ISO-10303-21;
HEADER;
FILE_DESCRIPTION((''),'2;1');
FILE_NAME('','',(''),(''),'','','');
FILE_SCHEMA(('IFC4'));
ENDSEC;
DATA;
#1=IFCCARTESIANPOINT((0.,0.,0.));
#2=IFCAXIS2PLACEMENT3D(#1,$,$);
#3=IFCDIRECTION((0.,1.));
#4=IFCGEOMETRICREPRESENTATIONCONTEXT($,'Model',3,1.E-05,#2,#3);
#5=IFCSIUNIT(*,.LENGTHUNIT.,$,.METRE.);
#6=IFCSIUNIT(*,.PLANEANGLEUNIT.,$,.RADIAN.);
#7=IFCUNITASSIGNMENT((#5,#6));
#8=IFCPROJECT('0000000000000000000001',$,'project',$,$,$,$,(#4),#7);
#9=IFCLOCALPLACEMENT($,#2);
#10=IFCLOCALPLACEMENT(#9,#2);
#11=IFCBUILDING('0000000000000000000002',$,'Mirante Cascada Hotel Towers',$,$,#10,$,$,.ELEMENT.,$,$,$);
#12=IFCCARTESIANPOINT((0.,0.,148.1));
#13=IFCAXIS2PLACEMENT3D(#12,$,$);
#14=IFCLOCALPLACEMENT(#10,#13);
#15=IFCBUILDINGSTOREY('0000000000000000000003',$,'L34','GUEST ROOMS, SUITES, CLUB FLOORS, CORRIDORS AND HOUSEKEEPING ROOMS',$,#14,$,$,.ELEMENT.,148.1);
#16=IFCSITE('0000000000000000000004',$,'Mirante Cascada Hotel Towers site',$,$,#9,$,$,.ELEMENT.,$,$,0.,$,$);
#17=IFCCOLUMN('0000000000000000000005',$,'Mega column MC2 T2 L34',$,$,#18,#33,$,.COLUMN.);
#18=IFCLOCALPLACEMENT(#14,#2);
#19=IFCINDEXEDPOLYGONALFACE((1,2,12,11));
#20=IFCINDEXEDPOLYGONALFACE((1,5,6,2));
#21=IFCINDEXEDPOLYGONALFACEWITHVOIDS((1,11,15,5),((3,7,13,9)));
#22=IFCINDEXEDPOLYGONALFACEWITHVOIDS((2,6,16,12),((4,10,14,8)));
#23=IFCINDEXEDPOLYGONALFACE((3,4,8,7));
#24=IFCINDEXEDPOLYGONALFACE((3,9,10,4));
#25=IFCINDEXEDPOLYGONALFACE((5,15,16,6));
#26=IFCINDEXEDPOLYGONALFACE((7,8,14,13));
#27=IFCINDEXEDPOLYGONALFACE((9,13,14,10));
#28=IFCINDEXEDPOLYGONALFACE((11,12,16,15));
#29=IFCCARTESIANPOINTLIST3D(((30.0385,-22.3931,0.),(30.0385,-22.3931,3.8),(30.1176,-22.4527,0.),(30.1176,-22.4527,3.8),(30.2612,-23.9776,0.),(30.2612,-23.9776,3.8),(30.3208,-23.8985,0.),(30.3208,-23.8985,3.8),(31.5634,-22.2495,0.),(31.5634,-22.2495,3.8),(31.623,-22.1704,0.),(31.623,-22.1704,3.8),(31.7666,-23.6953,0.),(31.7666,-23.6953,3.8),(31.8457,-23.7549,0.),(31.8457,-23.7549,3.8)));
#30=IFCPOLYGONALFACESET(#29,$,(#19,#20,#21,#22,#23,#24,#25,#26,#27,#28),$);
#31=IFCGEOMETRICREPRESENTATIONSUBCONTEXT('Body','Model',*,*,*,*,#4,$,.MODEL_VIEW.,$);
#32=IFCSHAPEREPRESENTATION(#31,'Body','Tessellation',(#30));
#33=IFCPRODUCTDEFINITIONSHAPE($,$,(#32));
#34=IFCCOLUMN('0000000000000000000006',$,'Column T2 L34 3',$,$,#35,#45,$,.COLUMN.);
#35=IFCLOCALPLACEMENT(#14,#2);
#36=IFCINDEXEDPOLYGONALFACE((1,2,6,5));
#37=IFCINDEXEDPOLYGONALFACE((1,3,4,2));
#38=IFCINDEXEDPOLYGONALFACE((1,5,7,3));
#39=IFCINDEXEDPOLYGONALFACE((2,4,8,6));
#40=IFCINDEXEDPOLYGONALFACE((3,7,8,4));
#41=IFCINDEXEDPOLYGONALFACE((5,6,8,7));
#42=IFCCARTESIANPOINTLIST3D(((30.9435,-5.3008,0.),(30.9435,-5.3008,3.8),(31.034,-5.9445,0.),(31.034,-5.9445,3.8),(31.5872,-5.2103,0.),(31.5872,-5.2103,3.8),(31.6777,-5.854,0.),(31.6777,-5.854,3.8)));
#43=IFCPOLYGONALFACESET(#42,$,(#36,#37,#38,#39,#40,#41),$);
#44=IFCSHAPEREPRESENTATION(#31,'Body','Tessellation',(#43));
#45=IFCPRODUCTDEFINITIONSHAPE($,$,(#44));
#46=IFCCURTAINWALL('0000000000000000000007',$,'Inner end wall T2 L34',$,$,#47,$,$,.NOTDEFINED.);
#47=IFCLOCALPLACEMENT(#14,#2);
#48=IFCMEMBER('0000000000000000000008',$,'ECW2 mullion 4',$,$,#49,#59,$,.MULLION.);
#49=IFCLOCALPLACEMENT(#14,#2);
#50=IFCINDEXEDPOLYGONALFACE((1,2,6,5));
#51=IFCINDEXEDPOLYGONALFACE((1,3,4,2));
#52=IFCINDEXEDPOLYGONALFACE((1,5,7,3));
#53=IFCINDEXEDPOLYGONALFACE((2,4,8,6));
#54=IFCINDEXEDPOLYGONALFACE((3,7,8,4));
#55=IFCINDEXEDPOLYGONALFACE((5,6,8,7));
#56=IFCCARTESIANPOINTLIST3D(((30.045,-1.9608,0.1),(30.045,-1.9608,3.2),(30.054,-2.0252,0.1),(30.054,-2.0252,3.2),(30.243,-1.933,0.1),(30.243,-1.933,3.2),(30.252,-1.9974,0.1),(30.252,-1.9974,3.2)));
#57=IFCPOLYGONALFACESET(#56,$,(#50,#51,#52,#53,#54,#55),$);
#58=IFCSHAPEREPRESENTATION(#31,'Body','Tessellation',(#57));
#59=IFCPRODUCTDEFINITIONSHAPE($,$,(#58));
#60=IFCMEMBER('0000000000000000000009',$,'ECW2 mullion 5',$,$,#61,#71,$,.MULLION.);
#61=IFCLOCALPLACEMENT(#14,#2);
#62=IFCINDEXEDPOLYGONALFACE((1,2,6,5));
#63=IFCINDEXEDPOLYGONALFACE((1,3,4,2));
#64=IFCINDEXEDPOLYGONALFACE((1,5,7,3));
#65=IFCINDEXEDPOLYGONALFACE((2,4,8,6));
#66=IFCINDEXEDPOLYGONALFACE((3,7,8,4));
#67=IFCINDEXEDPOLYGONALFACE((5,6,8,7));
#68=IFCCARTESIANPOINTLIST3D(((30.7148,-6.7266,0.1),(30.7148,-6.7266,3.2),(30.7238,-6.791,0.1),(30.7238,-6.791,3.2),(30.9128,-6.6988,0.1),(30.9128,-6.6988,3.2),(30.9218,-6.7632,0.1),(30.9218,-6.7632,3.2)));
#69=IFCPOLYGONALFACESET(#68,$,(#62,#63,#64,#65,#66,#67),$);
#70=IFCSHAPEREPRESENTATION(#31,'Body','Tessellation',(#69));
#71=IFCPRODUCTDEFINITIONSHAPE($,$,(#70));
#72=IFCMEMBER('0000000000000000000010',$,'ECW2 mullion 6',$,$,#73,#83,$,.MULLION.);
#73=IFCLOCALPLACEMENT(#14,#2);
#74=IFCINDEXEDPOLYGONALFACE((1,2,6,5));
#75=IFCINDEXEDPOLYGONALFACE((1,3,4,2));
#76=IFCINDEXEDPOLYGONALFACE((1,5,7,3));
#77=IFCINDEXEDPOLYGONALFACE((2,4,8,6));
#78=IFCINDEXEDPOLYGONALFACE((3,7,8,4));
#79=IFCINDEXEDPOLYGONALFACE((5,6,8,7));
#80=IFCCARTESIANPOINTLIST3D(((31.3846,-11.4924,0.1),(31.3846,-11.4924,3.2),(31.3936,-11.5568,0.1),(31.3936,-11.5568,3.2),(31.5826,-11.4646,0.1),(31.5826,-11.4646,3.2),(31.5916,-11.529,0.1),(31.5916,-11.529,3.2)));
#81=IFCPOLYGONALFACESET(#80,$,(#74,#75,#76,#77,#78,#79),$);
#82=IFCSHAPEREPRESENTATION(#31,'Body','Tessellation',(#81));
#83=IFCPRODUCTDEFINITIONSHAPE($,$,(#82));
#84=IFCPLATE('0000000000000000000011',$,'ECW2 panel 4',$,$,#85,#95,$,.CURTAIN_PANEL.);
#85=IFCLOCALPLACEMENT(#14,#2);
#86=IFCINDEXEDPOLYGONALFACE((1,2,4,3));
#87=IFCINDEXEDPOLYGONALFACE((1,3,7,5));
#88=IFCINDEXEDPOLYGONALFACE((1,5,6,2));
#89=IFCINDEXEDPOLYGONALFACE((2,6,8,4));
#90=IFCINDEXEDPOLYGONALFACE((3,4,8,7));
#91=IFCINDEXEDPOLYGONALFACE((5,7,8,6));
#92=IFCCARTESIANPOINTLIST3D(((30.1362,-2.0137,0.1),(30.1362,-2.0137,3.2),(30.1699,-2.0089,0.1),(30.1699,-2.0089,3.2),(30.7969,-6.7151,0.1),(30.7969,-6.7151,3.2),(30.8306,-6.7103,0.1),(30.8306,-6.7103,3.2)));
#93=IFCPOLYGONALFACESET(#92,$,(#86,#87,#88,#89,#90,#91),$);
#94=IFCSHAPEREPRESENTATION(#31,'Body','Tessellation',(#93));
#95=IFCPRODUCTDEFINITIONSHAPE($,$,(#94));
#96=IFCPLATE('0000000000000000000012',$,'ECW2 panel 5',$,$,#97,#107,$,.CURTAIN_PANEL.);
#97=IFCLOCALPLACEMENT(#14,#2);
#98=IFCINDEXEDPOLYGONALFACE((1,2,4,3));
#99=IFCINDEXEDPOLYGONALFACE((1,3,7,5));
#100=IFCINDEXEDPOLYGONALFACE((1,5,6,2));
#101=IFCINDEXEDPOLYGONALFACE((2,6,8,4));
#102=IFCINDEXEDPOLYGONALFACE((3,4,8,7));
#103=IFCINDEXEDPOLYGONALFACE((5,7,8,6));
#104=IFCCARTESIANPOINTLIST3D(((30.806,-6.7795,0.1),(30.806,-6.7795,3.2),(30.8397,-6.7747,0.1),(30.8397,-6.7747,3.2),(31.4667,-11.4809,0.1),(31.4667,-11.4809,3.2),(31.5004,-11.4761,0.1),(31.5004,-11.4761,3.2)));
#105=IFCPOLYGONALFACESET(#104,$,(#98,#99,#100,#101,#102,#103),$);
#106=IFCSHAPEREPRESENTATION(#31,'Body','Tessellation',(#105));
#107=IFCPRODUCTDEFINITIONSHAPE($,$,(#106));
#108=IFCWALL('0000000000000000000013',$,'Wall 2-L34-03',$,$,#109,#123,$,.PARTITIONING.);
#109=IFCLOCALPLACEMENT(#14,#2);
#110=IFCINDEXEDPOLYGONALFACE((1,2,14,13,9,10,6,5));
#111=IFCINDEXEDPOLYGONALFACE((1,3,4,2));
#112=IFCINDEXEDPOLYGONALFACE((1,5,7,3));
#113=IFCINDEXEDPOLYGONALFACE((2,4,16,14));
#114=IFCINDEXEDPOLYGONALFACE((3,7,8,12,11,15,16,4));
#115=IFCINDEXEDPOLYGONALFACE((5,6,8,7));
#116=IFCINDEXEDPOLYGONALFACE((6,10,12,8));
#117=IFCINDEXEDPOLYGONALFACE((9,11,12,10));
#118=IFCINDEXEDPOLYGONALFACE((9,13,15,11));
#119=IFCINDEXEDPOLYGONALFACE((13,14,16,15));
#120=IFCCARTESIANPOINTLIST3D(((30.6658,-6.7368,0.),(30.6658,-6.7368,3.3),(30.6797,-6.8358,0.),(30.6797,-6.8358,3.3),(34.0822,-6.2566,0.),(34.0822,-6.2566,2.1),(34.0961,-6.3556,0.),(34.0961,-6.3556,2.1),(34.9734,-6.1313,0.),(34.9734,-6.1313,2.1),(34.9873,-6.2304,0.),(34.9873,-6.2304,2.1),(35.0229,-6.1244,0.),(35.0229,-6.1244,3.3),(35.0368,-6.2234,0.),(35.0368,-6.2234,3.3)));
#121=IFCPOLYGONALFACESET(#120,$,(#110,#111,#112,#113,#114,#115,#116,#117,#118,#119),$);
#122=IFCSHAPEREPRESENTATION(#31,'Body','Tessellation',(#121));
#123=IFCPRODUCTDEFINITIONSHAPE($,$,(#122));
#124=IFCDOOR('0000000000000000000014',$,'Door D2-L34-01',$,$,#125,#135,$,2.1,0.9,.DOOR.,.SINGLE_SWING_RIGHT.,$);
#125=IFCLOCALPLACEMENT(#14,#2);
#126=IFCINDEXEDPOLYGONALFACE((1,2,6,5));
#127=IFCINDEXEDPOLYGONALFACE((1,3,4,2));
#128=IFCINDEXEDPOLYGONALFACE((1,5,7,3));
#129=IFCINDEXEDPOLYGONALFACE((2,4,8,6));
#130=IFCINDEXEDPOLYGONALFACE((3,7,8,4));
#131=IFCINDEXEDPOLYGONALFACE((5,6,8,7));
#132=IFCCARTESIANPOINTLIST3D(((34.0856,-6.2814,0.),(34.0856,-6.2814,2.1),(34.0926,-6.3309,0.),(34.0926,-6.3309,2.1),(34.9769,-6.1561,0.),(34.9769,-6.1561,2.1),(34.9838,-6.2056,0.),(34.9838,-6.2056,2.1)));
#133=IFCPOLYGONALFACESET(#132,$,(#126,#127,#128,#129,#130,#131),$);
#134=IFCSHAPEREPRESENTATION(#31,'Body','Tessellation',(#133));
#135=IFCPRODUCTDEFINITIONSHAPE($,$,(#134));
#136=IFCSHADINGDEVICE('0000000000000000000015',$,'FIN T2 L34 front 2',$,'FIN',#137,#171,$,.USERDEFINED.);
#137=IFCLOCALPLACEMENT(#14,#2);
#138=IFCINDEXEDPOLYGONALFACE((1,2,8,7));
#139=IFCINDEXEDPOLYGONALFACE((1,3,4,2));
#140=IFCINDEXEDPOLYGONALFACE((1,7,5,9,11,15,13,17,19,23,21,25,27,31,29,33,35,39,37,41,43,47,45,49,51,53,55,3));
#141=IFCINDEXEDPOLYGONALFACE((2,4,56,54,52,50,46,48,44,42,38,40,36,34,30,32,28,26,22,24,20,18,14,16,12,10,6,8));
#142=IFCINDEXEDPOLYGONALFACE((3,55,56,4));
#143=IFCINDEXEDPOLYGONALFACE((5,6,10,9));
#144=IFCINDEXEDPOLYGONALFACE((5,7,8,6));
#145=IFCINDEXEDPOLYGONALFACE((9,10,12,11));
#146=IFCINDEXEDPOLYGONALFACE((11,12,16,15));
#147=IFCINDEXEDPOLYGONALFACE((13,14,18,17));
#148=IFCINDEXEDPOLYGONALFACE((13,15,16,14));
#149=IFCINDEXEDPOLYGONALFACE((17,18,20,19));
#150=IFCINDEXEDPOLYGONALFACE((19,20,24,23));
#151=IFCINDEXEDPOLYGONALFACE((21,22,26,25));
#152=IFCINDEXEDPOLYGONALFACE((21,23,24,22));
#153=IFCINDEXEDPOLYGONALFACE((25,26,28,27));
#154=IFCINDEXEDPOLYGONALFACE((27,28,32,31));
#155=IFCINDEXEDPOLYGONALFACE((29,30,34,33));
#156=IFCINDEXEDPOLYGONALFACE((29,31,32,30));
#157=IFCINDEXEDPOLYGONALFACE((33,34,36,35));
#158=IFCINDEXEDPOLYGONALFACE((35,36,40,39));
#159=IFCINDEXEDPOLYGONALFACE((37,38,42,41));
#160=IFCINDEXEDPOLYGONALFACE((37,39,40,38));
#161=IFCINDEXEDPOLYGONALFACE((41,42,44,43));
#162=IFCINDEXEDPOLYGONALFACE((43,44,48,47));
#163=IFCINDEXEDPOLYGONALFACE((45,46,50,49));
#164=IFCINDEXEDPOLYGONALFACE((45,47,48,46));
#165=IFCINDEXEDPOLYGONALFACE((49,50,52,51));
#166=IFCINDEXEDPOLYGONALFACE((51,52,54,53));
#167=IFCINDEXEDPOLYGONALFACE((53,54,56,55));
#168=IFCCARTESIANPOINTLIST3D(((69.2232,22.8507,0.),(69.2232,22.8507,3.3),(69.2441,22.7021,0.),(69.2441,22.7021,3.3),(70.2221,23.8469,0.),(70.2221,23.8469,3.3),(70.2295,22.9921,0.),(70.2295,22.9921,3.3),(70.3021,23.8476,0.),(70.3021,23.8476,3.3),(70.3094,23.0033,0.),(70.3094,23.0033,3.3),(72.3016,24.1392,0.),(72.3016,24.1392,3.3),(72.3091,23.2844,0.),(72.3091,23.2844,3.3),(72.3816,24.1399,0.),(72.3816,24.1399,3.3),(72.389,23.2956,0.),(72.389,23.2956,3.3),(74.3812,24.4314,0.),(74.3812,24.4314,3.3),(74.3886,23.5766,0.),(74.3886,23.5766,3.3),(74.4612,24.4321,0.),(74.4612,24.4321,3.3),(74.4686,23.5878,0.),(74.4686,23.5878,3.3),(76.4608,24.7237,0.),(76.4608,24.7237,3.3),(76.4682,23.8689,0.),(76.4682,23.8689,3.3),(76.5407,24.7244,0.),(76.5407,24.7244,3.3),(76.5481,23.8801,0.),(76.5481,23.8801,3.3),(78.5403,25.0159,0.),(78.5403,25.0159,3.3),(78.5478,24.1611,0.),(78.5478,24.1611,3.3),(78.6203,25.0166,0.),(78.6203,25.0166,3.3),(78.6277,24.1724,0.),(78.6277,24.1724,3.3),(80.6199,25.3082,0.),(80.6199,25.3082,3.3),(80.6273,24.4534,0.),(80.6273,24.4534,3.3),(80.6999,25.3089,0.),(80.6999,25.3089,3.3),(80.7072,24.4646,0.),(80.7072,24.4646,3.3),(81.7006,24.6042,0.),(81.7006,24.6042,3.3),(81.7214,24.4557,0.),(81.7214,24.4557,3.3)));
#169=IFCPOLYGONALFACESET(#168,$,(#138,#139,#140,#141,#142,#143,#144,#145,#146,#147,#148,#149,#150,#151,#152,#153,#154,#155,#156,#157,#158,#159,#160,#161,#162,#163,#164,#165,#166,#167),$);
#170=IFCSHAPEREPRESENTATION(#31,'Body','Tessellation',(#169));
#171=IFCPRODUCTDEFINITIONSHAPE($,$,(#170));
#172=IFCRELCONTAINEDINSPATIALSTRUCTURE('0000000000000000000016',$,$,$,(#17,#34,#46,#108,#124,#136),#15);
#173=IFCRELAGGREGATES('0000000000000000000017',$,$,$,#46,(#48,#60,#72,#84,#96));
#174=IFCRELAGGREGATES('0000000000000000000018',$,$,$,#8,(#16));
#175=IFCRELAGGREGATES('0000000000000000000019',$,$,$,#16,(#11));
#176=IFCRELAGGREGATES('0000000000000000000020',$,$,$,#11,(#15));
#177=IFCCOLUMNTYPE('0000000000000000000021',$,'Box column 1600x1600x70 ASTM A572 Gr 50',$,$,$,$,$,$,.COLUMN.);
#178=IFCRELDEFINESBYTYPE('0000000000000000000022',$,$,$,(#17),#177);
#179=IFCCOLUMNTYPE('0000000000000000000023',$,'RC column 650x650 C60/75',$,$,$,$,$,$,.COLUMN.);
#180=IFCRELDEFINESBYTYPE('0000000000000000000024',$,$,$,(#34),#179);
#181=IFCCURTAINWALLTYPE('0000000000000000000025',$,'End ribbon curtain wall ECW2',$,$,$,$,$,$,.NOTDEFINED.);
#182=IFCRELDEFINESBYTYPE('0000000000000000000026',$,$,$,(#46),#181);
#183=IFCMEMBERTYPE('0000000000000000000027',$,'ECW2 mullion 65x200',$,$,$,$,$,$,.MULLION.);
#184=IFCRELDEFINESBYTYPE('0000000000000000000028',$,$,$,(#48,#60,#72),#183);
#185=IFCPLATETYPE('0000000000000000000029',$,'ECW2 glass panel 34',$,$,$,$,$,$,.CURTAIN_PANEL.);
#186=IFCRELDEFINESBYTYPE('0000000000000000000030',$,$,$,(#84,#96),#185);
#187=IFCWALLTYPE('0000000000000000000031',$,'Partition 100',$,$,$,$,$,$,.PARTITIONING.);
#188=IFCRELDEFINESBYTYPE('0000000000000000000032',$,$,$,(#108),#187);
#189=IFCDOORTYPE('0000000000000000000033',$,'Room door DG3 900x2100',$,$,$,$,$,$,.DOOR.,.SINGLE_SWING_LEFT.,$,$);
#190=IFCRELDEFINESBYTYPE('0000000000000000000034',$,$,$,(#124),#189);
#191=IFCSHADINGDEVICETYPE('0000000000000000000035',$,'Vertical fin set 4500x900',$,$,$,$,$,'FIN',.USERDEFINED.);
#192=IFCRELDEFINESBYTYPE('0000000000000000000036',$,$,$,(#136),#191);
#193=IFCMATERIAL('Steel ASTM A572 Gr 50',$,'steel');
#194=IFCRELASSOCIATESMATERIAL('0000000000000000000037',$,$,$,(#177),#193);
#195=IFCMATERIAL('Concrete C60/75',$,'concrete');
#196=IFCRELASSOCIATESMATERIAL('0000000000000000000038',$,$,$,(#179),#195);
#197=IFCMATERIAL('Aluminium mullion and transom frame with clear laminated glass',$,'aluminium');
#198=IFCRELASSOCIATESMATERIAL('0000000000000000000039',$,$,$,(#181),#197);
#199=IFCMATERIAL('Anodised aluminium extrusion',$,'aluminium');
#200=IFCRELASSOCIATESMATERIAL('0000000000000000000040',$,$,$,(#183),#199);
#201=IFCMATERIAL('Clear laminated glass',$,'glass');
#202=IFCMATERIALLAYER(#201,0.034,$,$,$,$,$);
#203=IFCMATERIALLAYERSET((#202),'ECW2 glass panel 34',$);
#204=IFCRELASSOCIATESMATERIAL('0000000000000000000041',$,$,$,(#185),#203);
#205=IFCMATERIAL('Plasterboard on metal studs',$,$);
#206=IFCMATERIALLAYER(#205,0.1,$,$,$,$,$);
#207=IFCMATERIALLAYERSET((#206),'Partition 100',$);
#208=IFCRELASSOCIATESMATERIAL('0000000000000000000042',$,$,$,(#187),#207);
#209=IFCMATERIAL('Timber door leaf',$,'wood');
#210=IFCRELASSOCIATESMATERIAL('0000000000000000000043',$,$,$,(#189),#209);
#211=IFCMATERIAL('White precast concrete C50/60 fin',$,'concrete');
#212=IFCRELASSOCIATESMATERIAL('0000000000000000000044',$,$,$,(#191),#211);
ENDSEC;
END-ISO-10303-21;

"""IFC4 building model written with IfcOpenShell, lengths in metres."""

from ifc_helpers import new_model, si_unit, direction, frame, frame_2d, origin, origin_2d, place, context, subcontext, project, spatial, polyline, rectangle, hollow_rectangle, outline, extrude, material, layer, layer_set, material_profile, profile_set, type_object, element, fill, aggregate, save


model = new_model("IFC4")

# Units and contexts
model_context = context("Model", 3, precision=1e-05, world=origin(), true_north=direction((0.0, 1.0)))
body_context = subcontext(model_context, "Body", "Model", "MODEL_VIEW")
ifc_project = project(units=[si_unit("LENGTHUNIT", "METRE"), si_unit("PLANEANGLEUNIT", "RADIAN")], contexts=[model_context])

# Site, building, storey
site_placement = place(None, origin())
site = spatial("IfcSite", under=ifc_project, at=site_placement, Name="Mirante Cascada Hotel Towers site", CompositionType="ELEMENT", RefElevation=0.0)
building_placement = place(site_placement, origin())
building = spatial("IfcBuilding", under=site, at=building_placement, Name="Mirante Cascada Hotel Towers", CompositionType="ELEMENT")
storey_placement = place(building_placement, frame((0.0, 0.0, 148.1)))
storey = spatial("IfcBuildingStorey", under=building, at=storey_placement, Name="L34", Description="GUEST ROOMS, SUITES, CLUB FLOORS, CORRIDORS AND HOUSEKEEPING ROOMS", CompositionType="ELEMENT", Elevation=148.1)

# Columns
ifc_material_1 = material(Name="Steel ASTM A572 Gr 50", Category="steel")
ifc_material_profile_1 = material_profile(ifc_material_1, hollow_rectangle(XDim=1.6, YDim=1.6, WallThickness=0.07, at=origin_2d()), Name="Box column 1600x1600x70 ASTM A572 Gr 50")
ifc_profile_set_1 = profile_set([ifc_material_profile_1], Name="Steel ASTM A572 Gr 50")
column_type_1 = type_object("IfcColumnType", Name="Box column 1600x1600x70 ASTM A572 Gr 50", PredefinedType="COLUMN", material=ifc_profile_set_1)
column_1_placement = place(storey_placement, frame((30.9421, -23.074, 0.0), z_axis=(0.0, 0.0, 1.0), x_axis=(0.990268, 0.139173, 0.0)))
element("IfcColumn", 1, at=column_1_placement, inside=storey, type_object=column_type_1, Name="Mega column MC2 T2 L34", PredefinedType="COLUMN", context=body_context, shape_type="SweptSolid", body=[
    extrude(hollow_rectangle(XDim=1.6, YDim=1.6, WallThickness=0.07, at=origin_2d()), origin(), (0.0, 0.0, 1.0), 3.8),
])
ifc_material_2 = material(Name="Concrete C60/75", Category="concrete")
ifc_material_profile_2 = material_profile(ifc_material_2, rectangle(XDim=0.65, YDim=0.65, at=origin_2d()), Name="RC column 650x650 C60/75")
ifc_profile_set_2 = profile_set([ifc_material_profile_2], Name="Concrete C60/75")
column_type_2 = type_object("IfcColumnType", Name="RC column 650x650 C60/75", PredefinedType="COLUMN", material=ifc_profile_set_2)
column_2_placement = place(storey_placement, frame((31.3106, -5.5774, 0.0), z_axis=(0.0, 0.0, 1.0), x_axis=(0.990268, 0.139173, 0.0)))
element("IfcColumn", 2, at=column_2_placement, inside=storey, type_object=column_type_2, Name="Column T2 L34 3", PredefinedType="COLUMN", context=body_context, shape_type="SweptSolid", body=[
    extrude(rectangle(XDim=0.65, YDim=0.65, at=origin_2d()), origin(), (0.0, 0.0, 1.0), 3.8),
])

# Curtain wall, members, plates
ifc_material_3 = material(Name="Aluminium mullion and transom frame with clear laminated glass", Category="aluminium")
curtain_wall_type = type_object("IfcCurtainWallType", Name="End ribbon curtain wall ECW2", PredefinedType="NOTDEFINED", material=ifc_material_3)
curtain_wall_placement = place(storey_placement, origin())
curtain_wall = element("IfcCurtainWall", 3, at=curtain_wall_placement, inside=storey, type_object=curtain_wall_type, Name="Inner end wall T2 L34", PredefinedType="NOTDEFINED")
ifc_material_4 = material(Name="Anodised aluminium extrusion", Category="aluminium")
ifc_material_profile_3 = material_profile(ifc_material_4, rectangle(XDim=0.2, YDim=0.065, at=origin_2d()), Name="ECW2 MULLION 65x200")
ifc_profile_set_3 = profile_set([ifc_material_profile_3], Name="Anodised aluminium extrusion")
member_type = type_object("IfcMemberType", Name="ECW2 mullion 65x200", PredefinedType="MULLION", material=ifc_profile_set_3)
member_1_placement = place(storey_placement, frame((30.1485, -1.9791, 0.1), z_axis=(0.0, 0.0, 1.0), x_axis=(0.990268, 0.139173, 0.0)))
member_1 = element("IfcMember", 4, at=member_1_placement, type_object=member_type, Name="ECW2 mullion 4", PredefinedType="MULLION", context=body_context, shape_type="SweptSolid", body=[
    extrude(rectangle(XDim=0.2, YDim=0.065, at=origin_2d()), origin(), (0.0, 0.0, 1.0), 3.1),
])
member_2_placement = place(storey_placement, frame((30.8183, -6.7449, 0.1), z_axis=(0.0, 0.0, 1.0), x_axis=(0.990268, 0.139173, 0.0)))
member_2 = element("IfcMember", 5, at=member_2_placement, type_object=member_type, Name="ECW2 mullion 5", PredefinedType="MULLION", context=body_context, shape_type="SweptSolid", body=[
    extrude(rectangle(XDim=0.2, YDim=0.065, at=origin_2d()), origin(), (0.0, 0.0, 1.0), 3.1),
])
member_3_placement = place(storey_placement, frame((31.4881, -11.5107, 0.1), z_axis=(0.0, 0.0, 1.0), x_axis=(0.990268, 0.139173, 0.0)))
member_3 = element("IfcMember", 6, at=member_3_placement, type_object=member_type, Name="ECW2 mullion 6", PredefinedType="MULLION", context=body_context, shape_type="SweptSolid", body=[
    extrude(rectangle(XDim=0.2, YDim=0.065, at=origin_2d()), origin(), (0.0, 0.0, 1.0), 3.1),
])
ifc_material_5 = material(Name="Clear laminated glass", Category="glass")
ifc_layer_1 = layer(ifc_material_5, 0.034)
ifc_layer_set_1 = layer_set([ifc_layer_1], Name="ECW2 glass panel 34")
plate_type = type_object("IfcPlateType", Name="ECW2 glass panel 34", PredefinedType="CURTAIN_PANEL", material=ifc_layer_set_1)
plate_1_placement = place(storey_placement, frame((30.4834, -4.362, 0.1), z_axis=(0.0, 0.0, 1.0), x_axis=(0.139173, -0.990268, 0.0)))
plate_1 = element("IfcPlate", 7, at=plate_1_placement, type_object=plate_type, Name="ECW2 panel 4", PredefinedType="CURTAIN_PANEL", context=body_context, shape_type="SweptSolid", body=[
    extrude(rectangle(XDim=4.7476, YDim=0.034, at=origin_2d()), origin(), (0.0, 0.0, 1.0), 3.1),
])
plate_2_placement = place(storey_placement, frame((31.1532, -9.1278, 0.1), z_axis=(0.0, 0.0, 1.0), x_axis=(0.139173, -0.990268, 0.0)))
plate_2 = element("IfcPlate", 8, at=plate_2_placement, type_object=plate_type, Name="ECW2 panel 5", PredefinedType="CURTAIN_PANEL", context=body_context, shape_type="SweptSolid", body=[
    extrude(rectangle(XDim=4.7476, YDim=0.034, at=origin_2d()), origin(), (0.0, 0.0, 1.0), 3.1),
])
aggregate(curtain_wall, [member_1, member_2, member_3, plate_1, plate_2])

# Wall, opening, door
ifc_material_6 = material(Name="Plasterboard on metal studs")
ifc_layer_2 = layer(ifc_material_6, 0.1)
ifc_layer_set_2 = layer_set([ifc_layer_2], Name="Partition 100")
wall_type = type_object("IfcWallType", Name="Partition 100", PredefinedType="PARTITIONING", material=ifc_layer_set_2)
wall_placement = place(storey_placement, frame((30.6727, -6.7863, 0.0), z_axis=(0.0, 0.0, 1.0), x_axis=(0.990267, 0.139184, 0.0)))
wall = element("IfcWall", 9, at=wall_placement, inside=storey, type_object=wall_type, Name="Wall 2-L34-03", PredefinedType="PARTITIONING", context=body_context, shape_type="SweptSolid", body=[
    extrude(rectangle(XDim=4.3999, YDim=0.1, at=frame_2d((2.2, 0.0))), origin(), (0.0, 0.0, 1.0), 3.3),
])
opening_placement = place(wall_placement, frame((3.45, 0.0, 0.0)))
opening = element("IfcOpeningElement", 10, at=opening_placement, cuts=wall, PredefinedType="OPENING", context=body_context, shape_type="SweptSolid", body=[
    extrude(rectangle(XDim=0.9, YDim=2.1, at=frame_2d((0.45, 1.05))), frame((0.0, 0.05, 0.0), z_axis=(0.0, -1.0, 0.0), x_axis=(1.0, 0.0, 0.0)), (0.0, 0.0, 1.0), 0.1),
])
ifc_material_7 = material(Name="Timber door leaf", Category="wood")
door_type = type_object("IfcDoorType", Name="Room door DG3 900x2100", OperationType="SINGLE_SWING_LEFT", PredefinedType="DOOR", material=ifc_material_7)
door_placement = place(opening_placement, frame((0.9, 0.0, 0.0), z_axis=(0.0, 0.0, 1.0), x_axis=(-1.0, 0.0, 0.0)))
door = element("IfcDoor", 11, at=door_placement, inside=storey, type_object=door_type, Name="Door D2-L34-01", OperationType="SINGLE_SWING_RIGHT", OverallHeight=2.1, OverallWidth=0.9, PredefinedType="DOOR", context=body_context, shape_type="SweptSolid", body=[
    extrude(rectangle(XDim=0.9, YDim=2.1, at=frame_2d((0.45, 1.05))), frame((0.0, 0.025, 0.0), z_axis=(0.0, -1.0, 0.0), x_axis=(1.0, 0.0, 0.0)), (0.0, 0.0, 1.0), 0.05),
])
fill(opening, door)

# Shading device
ifc_material_8 = material(Name="White precast concrete C50/60 fin", Category="concrete")
shading_device_type = type_object("IfcShadingDeviceType", Name="Vertical fin set 4500x900", ElementType="FIN", PredefinedType="USERDEFINED", material=ifc_material_8)
shading_device_1_placement = place(storey_placement, origin())
element("IfcShadingDevice", 12, at=shading_device_1_placement, inside=storey, type_object=shading_device_type, Name="FIN T2 L34 front 2", ObjectType="FIN", PredefinedType="USERDEFINED", context=body_context, shape_type="SweptSolid", body=[
    extrude(outline(polyline([(70.3021, 23.8476), (70.3094, 23.0033), (72.3091, 23.2844), (72.3016, 24.1392), (72.3816, 24.1399), (72.389, 23.2956), (74.3886, 23.5766), (74.3812, 24.4314), (74.4612, 24.4321), (74.4686, 23.5878), (76.4682, 23.8689), (76.4608, 24.7237), (76.5407, 24.7244), (76.5481, 23.8801), (78.5478, 24.1611), (78.5403, 25.0159), (78.6203, 25.0166), (78.6277, 24.1724), (80.6273, 24.4534), (80.6199, 25.3082), (80.6999, 25.3089), (80.7072, 24.4646), (81.7006, 24.6042), (81.7214, 24.4557), (69.2441, 22.7021), (69.2232, 22.8507), (70.2295, 22.9921), (70.2221, 23.8469), (70.3021, 23.8476)])), origin(), (0.0, 0.0, 1.0), 3.3),
])

save(model, "model.ifc")
